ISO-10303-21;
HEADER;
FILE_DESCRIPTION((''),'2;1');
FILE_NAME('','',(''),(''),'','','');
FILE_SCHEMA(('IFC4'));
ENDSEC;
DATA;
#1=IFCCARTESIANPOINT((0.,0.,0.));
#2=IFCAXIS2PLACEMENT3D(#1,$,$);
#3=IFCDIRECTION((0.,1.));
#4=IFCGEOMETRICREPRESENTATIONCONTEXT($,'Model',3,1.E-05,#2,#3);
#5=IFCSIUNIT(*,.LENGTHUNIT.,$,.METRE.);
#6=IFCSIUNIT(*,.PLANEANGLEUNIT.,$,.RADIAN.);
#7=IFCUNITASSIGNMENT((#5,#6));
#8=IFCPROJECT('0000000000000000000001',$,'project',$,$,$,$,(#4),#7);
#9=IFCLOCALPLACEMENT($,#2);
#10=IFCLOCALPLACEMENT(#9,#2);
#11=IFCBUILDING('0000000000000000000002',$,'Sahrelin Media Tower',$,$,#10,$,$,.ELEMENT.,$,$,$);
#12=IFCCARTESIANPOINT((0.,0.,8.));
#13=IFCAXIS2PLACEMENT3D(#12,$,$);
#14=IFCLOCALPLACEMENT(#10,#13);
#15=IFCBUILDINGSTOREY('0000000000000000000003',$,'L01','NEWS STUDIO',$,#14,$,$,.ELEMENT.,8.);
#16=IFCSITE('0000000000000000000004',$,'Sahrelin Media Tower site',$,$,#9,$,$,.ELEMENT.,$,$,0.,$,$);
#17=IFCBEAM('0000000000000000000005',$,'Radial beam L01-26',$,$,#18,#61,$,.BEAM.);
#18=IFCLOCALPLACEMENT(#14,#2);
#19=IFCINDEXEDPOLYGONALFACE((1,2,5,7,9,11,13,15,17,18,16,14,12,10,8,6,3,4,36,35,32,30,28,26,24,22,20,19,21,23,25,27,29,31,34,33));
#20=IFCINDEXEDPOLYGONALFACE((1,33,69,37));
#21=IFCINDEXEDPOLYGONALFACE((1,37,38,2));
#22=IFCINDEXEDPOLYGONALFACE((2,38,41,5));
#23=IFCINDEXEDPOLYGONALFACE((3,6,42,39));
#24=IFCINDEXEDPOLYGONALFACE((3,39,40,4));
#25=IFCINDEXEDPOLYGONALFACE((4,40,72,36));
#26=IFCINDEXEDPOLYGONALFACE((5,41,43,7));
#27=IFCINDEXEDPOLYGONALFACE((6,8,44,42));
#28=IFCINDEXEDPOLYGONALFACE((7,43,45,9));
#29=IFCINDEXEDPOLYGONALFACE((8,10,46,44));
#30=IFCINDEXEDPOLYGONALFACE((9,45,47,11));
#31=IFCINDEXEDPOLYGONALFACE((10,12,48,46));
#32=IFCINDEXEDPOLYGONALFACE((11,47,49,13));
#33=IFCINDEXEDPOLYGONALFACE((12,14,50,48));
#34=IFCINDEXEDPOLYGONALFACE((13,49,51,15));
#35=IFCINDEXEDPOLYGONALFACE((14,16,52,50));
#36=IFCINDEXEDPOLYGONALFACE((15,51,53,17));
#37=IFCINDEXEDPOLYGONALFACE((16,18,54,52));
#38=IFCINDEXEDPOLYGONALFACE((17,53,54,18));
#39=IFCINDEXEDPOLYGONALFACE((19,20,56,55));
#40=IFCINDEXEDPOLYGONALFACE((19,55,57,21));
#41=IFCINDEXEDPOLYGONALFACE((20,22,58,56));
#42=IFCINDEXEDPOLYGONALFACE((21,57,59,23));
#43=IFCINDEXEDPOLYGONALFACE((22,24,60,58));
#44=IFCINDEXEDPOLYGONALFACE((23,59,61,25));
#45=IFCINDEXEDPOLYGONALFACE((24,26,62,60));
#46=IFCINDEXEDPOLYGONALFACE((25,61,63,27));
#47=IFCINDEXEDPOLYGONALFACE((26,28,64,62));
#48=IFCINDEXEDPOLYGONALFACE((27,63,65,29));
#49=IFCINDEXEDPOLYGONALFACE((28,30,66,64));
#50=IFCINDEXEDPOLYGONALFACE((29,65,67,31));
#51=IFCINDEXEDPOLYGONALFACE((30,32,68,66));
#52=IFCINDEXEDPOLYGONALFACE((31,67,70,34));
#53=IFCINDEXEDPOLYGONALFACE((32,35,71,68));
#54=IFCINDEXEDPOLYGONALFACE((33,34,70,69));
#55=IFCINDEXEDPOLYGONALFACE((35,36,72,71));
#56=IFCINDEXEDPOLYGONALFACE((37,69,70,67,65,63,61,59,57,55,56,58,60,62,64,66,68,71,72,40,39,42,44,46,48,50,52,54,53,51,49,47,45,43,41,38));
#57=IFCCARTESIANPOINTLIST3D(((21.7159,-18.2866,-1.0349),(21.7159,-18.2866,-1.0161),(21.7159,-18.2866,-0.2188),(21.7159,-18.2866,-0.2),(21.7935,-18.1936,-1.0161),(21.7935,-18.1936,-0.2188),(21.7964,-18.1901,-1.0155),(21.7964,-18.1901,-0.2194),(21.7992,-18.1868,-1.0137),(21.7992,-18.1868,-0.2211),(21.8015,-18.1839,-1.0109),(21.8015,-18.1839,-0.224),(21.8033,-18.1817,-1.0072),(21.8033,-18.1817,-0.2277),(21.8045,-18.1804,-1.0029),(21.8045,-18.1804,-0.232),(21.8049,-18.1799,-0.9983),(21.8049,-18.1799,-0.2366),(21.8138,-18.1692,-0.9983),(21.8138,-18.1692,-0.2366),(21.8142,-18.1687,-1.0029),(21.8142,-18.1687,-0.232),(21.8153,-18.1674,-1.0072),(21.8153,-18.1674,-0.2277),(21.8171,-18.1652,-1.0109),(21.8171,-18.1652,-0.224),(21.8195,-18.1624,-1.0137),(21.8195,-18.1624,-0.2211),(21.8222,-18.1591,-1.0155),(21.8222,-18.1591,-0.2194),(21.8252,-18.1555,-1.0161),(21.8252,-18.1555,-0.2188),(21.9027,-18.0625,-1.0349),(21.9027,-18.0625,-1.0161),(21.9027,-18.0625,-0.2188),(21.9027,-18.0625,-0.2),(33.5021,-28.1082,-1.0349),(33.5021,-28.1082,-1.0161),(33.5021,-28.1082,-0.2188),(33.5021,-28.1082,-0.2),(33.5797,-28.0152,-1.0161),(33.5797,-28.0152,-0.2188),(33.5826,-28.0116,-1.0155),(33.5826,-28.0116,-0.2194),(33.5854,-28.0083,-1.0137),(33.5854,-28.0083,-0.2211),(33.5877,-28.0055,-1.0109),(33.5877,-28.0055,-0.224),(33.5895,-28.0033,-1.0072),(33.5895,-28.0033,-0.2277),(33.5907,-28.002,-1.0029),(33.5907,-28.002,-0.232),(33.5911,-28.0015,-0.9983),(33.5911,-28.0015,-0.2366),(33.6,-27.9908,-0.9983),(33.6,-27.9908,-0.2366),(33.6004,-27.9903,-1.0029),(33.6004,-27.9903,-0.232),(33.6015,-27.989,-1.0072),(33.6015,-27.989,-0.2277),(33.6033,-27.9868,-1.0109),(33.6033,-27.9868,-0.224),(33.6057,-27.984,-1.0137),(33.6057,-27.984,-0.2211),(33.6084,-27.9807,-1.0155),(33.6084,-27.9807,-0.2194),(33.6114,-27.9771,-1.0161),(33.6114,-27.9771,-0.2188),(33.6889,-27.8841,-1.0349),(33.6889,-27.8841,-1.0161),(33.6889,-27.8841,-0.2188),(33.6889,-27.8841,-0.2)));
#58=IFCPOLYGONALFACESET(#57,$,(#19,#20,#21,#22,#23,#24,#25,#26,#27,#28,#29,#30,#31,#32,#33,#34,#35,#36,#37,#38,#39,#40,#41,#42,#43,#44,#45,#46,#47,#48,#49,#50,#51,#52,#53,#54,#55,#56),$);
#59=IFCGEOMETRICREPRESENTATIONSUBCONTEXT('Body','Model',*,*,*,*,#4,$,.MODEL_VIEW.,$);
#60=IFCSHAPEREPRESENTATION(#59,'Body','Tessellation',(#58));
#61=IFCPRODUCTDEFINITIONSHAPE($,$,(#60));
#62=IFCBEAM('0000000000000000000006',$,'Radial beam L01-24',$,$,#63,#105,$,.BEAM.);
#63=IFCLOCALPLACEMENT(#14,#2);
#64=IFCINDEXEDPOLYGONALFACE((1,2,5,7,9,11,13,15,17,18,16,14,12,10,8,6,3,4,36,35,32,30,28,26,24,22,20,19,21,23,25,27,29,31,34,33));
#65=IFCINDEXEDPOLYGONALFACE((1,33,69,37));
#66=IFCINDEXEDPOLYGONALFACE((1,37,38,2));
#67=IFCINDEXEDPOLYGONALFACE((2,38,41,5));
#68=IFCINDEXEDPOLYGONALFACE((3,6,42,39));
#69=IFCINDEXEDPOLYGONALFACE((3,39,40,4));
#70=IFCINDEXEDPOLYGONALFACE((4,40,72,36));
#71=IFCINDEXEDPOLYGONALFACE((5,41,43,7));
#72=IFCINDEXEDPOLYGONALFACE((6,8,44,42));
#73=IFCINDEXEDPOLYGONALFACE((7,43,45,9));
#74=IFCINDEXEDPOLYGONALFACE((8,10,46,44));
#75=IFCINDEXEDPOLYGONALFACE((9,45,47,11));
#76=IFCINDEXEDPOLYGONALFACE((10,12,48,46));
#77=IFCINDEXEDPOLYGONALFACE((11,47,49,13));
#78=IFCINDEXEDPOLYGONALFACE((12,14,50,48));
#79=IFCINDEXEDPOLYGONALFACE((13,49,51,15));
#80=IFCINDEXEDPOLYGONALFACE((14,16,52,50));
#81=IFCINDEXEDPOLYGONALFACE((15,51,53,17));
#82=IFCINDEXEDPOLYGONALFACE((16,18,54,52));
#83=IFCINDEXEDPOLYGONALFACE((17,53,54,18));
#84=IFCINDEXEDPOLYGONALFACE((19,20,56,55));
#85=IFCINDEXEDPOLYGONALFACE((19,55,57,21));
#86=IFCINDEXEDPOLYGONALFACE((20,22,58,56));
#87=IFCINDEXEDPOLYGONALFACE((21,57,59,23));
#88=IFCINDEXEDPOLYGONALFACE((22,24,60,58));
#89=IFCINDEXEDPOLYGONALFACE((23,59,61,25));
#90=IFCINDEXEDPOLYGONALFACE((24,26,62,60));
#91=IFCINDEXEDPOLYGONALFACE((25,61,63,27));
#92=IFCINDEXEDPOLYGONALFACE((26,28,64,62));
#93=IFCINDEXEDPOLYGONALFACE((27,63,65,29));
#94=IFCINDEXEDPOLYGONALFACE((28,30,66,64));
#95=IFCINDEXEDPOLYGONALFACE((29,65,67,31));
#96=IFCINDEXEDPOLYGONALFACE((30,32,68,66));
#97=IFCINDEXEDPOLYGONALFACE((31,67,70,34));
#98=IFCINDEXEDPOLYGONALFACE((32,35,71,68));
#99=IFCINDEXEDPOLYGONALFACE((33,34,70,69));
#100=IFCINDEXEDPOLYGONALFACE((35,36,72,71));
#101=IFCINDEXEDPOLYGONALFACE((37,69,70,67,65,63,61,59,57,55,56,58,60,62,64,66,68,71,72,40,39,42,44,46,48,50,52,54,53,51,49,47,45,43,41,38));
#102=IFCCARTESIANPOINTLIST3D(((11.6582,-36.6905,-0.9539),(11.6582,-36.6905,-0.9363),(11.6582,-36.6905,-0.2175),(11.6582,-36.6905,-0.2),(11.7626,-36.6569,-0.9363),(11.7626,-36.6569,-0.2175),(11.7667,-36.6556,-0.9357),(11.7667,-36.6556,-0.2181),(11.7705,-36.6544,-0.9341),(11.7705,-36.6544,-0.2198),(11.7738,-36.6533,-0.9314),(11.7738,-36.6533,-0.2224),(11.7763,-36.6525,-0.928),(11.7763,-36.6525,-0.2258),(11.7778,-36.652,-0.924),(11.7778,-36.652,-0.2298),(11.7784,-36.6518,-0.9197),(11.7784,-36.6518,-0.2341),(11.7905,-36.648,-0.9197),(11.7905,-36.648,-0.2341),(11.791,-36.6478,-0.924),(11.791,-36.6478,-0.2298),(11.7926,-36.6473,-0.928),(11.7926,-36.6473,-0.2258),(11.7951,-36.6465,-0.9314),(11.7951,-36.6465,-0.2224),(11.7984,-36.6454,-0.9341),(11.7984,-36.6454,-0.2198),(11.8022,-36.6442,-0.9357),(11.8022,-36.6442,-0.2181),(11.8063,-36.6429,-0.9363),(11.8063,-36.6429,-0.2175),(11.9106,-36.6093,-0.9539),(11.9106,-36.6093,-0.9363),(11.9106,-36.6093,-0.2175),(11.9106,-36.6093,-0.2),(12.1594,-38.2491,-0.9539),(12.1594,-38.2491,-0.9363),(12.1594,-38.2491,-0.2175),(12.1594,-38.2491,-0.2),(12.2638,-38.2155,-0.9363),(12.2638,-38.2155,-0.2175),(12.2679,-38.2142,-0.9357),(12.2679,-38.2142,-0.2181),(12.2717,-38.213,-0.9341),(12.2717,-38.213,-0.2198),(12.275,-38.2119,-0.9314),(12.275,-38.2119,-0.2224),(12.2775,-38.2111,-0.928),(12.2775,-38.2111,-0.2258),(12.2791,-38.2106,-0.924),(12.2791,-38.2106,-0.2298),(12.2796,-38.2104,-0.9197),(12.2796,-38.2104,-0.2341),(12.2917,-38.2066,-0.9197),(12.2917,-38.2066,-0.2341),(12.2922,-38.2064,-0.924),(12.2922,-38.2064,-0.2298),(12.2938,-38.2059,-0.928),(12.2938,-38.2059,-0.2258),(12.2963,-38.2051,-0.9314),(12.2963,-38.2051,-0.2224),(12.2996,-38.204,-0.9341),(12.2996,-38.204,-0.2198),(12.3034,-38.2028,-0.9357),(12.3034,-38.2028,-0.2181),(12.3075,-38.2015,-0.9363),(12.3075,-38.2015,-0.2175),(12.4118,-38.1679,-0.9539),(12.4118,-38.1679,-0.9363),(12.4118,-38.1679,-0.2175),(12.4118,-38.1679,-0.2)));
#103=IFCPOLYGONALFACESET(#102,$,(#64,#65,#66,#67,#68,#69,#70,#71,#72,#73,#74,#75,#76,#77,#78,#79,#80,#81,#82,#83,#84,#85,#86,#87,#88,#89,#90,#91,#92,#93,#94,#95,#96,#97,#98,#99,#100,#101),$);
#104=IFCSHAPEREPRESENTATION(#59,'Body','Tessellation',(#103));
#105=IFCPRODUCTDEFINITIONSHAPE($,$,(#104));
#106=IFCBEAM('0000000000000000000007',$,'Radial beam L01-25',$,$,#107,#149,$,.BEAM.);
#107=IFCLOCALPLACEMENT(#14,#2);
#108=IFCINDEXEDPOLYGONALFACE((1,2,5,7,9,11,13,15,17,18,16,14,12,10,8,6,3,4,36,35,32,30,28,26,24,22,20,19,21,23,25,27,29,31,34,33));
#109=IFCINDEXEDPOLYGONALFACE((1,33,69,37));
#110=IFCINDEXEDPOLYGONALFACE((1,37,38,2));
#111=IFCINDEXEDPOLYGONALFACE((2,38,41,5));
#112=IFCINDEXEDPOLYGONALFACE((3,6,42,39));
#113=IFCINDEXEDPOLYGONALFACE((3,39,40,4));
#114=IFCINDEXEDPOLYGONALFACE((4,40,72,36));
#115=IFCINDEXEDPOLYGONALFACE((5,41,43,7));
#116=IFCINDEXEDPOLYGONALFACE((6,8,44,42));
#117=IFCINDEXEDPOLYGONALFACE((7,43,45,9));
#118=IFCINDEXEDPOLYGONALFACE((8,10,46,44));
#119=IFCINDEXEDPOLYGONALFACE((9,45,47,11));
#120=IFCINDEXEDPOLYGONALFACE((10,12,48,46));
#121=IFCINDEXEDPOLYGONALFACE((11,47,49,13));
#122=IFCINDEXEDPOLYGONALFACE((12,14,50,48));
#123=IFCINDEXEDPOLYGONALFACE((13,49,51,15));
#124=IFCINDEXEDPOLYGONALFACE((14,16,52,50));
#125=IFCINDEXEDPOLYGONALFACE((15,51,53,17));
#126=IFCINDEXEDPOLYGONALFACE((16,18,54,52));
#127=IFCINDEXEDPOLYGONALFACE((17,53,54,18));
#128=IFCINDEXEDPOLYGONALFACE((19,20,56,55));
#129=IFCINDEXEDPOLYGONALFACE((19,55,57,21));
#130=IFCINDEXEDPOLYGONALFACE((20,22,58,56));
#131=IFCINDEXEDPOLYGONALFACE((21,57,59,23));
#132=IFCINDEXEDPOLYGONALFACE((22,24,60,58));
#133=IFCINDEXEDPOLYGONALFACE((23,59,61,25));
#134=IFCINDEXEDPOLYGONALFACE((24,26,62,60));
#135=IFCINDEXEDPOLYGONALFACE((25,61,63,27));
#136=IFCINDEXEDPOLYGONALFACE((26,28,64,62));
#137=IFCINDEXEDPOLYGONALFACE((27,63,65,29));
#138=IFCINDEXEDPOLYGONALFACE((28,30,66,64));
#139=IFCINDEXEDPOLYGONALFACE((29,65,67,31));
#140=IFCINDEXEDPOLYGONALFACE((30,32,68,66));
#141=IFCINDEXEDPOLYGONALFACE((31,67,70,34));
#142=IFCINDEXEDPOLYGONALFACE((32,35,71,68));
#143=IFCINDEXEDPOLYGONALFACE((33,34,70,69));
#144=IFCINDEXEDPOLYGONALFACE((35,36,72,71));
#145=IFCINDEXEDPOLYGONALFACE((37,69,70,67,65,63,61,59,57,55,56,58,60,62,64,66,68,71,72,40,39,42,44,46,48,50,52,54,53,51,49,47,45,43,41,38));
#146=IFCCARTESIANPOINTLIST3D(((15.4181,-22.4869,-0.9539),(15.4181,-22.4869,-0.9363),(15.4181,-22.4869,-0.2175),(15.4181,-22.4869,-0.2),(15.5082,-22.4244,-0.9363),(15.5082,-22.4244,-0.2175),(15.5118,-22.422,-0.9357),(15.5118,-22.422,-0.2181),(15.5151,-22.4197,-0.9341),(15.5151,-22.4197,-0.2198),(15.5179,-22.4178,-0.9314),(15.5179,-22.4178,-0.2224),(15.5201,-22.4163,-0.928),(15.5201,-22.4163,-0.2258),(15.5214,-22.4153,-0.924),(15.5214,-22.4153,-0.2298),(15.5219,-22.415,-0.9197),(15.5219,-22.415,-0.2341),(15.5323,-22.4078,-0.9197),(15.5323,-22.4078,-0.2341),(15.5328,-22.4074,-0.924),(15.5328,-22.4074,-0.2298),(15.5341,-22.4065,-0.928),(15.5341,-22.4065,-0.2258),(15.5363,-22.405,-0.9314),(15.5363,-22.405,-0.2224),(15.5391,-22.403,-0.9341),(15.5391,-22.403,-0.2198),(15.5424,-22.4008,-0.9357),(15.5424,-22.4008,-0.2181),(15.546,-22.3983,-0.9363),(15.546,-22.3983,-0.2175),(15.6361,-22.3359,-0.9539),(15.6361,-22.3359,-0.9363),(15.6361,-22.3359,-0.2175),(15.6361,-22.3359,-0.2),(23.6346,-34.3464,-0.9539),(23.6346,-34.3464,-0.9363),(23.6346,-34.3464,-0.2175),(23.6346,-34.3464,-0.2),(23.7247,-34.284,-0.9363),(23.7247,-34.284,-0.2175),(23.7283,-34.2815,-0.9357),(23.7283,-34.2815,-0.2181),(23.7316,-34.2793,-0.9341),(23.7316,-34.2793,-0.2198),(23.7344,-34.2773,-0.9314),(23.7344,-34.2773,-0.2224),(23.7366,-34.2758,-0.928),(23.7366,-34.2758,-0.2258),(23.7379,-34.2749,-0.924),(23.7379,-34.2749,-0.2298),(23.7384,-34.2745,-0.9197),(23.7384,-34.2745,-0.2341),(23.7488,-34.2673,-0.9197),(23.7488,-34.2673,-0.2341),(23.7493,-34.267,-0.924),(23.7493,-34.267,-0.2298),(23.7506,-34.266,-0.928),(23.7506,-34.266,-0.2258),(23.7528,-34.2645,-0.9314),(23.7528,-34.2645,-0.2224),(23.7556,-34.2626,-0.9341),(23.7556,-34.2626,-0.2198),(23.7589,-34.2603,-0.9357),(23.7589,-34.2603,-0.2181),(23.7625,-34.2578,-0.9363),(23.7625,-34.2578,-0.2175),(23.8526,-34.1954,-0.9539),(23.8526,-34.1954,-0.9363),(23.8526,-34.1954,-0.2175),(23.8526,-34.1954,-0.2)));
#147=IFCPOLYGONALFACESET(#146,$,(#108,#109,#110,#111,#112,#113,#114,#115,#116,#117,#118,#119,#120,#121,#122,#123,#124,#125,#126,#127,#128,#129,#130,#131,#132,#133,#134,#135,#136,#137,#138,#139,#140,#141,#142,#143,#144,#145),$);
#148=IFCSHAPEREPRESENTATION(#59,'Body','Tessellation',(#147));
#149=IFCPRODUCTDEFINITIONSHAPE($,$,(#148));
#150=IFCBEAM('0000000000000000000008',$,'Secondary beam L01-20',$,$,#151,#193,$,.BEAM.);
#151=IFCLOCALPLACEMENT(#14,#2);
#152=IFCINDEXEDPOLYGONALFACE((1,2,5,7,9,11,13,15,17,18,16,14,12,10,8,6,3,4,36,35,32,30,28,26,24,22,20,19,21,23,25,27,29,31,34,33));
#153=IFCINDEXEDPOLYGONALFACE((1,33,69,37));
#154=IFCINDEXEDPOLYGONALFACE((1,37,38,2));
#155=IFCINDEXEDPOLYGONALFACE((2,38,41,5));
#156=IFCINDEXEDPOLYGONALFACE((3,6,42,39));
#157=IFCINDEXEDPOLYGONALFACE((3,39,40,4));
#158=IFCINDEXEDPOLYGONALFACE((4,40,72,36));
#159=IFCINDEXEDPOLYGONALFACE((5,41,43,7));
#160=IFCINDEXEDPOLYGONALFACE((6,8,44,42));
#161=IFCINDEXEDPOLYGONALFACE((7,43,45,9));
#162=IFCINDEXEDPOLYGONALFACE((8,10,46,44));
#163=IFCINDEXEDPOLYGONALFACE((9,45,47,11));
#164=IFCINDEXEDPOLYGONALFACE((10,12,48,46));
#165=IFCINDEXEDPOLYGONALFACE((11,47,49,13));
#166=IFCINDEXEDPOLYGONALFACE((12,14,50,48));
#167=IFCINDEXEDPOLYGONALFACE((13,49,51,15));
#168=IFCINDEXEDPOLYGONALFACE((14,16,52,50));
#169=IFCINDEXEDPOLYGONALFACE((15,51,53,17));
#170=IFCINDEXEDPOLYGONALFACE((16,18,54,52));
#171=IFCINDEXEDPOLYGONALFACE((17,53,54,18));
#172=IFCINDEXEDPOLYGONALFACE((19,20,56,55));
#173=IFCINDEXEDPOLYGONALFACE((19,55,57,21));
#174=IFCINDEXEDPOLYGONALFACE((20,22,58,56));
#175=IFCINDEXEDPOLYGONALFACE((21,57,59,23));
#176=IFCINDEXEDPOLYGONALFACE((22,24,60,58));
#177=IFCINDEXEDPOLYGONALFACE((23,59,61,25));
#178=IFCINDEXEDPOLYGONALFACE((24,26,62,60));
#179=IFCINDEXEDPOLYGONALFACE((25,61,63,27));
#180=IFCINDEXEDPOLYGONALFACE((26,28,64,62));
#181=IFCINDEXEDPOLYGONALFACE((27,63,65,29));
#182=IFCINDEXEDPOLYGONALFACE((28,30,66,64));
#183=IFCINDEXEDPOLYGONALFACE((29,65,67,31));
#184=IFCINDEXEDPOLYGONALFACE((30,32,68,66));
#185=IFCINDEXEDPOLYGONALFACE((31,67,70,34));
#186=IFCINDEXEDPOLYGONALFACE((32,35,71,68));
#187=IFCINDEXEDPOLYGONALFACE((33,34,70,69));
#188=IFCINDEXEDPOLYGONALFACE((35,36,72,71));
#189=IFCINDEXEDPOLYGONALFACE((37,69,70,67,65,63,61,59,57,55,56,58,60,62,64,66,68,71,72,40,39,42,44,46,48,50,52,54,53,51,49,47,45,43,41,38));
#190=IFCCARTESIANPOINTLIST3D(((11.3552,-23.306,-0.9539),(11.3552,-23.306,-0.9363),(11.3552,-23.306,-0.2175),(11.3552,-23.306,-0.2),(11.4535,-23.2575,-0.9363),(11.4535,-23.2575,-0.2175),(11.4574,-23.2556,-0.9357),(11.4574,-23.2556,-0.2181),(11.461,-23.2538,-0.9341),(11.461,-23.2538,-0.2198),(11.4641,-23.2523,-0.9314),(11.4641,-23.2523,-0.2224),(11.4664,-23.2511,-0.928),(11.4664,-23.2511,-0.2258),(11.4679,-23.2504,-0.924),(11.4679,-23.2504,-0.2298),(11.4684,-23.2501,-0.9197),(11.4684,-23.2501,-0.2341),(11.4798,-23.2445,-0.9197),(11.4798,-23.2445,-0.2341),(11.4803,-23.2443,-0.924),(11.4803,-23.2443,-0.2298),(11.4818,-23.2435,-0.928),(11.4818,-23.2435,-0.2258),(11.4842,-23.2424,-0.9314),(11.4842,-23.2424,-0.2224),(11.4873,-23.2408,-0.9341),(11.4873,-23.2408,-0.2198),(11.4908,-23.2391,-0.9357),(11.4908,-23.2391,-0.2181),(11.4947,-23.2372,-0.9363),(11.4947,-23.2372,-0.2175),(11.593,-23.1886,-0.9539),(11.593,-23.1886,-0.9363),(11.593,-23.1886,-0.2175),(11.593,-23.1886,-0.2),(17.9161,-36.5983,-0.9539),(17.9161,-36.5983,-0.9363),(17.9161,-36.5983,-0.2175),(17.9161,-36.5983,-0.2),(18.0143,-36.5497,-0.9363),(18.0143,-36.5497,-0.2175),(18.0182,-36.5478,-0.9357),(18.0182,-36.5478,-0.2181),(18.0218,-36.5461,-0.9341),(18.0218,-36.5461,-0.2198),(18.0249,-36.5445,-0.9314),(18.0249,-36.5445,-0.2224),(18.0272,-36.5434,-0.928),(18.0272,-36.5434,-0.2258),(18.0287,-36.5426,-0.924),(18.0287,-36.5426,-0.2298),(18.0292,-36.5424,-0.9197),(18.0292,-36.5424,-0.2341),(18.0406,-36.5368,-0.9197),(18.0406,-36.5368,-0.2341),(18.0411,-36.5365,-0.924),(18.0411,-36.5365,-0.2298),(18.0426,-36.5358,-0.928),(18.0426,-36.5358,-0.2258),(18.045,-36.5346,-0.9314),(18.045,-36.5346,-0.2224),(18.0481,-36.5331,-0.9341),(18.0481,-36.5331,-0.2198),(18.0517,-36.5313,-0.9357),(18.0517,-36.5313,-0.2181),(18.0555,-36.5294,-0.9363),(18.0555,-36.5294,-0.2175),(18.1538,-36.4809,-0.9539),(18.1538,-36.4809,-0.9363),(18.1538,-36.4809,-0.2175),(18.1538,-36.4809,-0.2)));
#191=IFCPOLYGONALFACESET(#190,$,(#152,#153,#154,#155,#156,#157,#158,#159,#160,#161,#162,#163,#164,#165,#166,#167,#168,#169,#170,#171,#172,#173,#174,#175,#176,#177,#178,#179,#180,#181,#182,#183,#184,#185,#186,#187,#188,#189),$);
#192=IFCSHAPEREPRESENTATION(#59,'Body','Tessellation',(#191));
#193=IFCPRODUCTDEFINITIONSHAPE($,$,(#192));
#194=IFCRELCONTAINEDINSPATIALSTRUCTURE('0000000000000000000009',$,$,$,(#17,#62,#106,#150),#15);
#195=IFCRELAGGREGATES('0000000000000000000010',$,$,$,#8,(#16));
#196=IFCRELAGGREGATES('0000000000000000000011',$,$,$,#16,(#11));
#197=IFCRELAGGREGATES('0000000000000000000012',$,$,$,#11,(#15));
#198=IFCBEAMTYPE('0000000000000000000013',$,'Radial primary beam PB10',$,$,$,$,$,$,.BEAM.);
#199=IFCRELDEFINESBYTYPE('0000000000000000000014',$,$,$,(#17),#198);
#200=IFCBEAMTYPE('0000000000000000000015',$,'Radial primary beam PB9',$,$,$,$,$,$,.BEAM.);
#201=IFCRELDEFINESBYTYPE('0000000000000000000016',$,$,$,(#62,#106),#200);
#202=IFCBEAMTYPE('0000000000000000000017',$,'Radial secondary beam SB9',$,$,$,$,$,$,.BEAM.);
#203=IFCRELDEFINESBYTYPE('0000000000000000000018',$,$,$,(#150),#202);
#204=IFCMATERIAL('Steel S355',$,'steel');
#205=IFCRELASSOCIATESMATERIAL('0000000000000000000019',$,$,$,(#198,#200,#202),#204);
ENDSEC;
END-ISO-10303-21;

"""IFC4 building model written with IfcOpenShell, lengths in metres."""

from ifc_helpers import new_model, si_unit, direction, frame, origin, origin_2d, place, context, subcontext, project, spatial, i_section, extrude, material, material_profile, profile_set, type_object, element, save


model = new_model("IFC4")

# Units and contexts
model_context = context("Model", 3, precision=1e-05, world=origin(), true_north=direction((0.0, 1.0)))
body_context = subcontext(model_context, "Body", "Model", "MODEL_VIEW")
ifc_project = project(units=[si_unit("LENGTHUNIT", "METRE"), si_unit("PLANEANGLEUNIT", "RADIAN")], contexts=[model_context])

# Site, building, storey
site_placement = place(None, origin())
site = spatial("IfcSite", under=ifc_project, at=site_placement, Name="Sahrelin Media Tower site", CompositionType="ELEMENT", RefElevation=0.0)
building_placement = place(site_placement, origin())
building = spatial("IfcBuilding", under=site, at=building_placement, Name="Sahrelin Media Tower", CompositionType="ELEMENT")
storey_placement = place(building_placement, frame((0.0, 0.0, 8.0)))
storey = spatial("IfcBuildingStorey", under=building, at=storey_placement, Name="L01", Description="NEWS STUDIO", CompositionType="ELEMENT", Elevation=8.0)

# Beams
ifc_material_1 = material(Name="Steel S355", Category="steel")
ifc_material_profile_1 = material_profile(ifc_material_1, i_section(OverallWidth=0.2917, OverallDepth=0.835, WebThickness=0.0139, FlangeThickness=0.0188, FilletRadius=0.0178, at=origin_2d()), Name="UB 838x292x176")
ifc_profile_set_1 = profile_set([ifc_material_profile_1], Name="Steel S355")
beam_type_1 = type_object("IfcBeamType", Name="Radial primary beam PB10", PredefinedType="BEAM", material=ifc_profile_set_1)
beam_1_placement = place(storey_placement, frame((21.8093, -18.1746, -0.6174), z_axis=(0.768229, -0.640175, 0.0), x_axis=(0.640175, 0.768229, 0.0)))
element("IfcBeam", 1, at=beam_1_placement, inside=storey, type_object=beam_type_1, Name="Radial beam L01-26", PredefinedType="BEAM", context=body_context, shape_type="SweptSolid", body=[
    extrude(i_section(OverallWidth=0.2917, OverallDepth=0.835, WebThickness=0.0139, FlangeThickness=0.0188, FilletRadius=0.0178, at=origin_2d()), origin(), (0.0, 0.0, 1.0), 15.342),
])
ifc_material_profile_2 = material_profile(ifc_material_1, i_section(OverallWidth=0.2651, OverallDepth=0.7539, WebThickness=0.0127, FlangeThickness=0.0176, FilletRadius=0.0166, at=origin_2d()), Name="UB 762x267x147")
ifc_profile_set_2 = profile_set([ifc_material_profile_2], Name="Steel S355")
beam_type_2 = type_object("IfcBeamType", Name="Radial primary beam PB9", PredefinedType="BEAM", material=ifc_profile_set_2)
beam_2_placement = place(storey_placement, frame((11.7844, -36.6499, -0.5769), z_axis=(0.306144, -0.951985, 0.0), x_axis=(0.951985, 0.306144, 0.0)))
element("IfcBeam", 2, at=beam_2_placement, inside=storey, type_object=beam_type_2, Name="Radial beam L01-24", PredefinedType="BEAM", context=body_context, shape_type="SweptSolid", body=[
    extrude(i_section(OverallWidth=0.2651, OverallDepth=0.7539, WebThickness=0.0127, FlangeThickness=0.0176, FilletRadius=0.0166, at=origin_2d()), origin(), (0.0, 0.0, 1.0), 1.6372),
])
beam_3_placement = place(storey_placement, frame((15.5271, -22.4114, -0.5769), z_axis=(0.569493, -0.821996, 0.0), x_axis=(0.821996, 0.569493, 0.0)))
element("IfcBeam", 3, at=beam_3_placement, inside=storey, type_object=beam_type_2, Name="Radial beam L01-25", PredefinedType="BEAM", context=body_context, shape_type="SweptSolid", body=[
    extrude(i_section(OverallWidth=0.2651, OverallDepth=0.7539, WebThickness=0.0127, FlangeThickness=0.0176, FilletRadius=0.0166, at=origin_2d()), origin(), (0.0, 0.0, 1.0), 14.4277),
])
ifc_material_profile_3 = material_profile(ifc_material_1, i_section(OverallWidth=0.2651, OverallDepth=0.7539, WebThickness=0.0127, FlangeThickness=0.0176, FilletRadius=0.0166, at=origin_2d()), Name="UB 762x267x147")
ifc_profile_set_3 = profile_set([ifc_material_profile_3], Name="Steel S355")
beam_type_3 = type_object("IfcBeamType", Name="Radial secondary beam SB9", PredefinedType="BEAM", material=ifc_profile_set_3)
beam_4_placement = place(storey_placement, frame((11.4741, -23.2473, -0.5769), z_axis=(0.442603, -0.896718, 0.0), x_axis=(0.896718, 0.442603, 0.0)))
element("IfcBeam", 4, at=beam_4_placement, inside=storey, type_object=beam_type_3, Name="Secondary beam L01-20", PredefinedType="BEAM", context=body_context, shape_type="SweptSolid", body=[
    extrude(i_section(OverallWidth=0.2651, OverallDepth=0.7539, WebThickness=0.0127, FlangeThickness=0.0176, FilletRadius=0.0166, at=origin_2d()), origin(), (0.0, 0.0, 1.0), 14.8232),
])

save(model, "model.ifc")
